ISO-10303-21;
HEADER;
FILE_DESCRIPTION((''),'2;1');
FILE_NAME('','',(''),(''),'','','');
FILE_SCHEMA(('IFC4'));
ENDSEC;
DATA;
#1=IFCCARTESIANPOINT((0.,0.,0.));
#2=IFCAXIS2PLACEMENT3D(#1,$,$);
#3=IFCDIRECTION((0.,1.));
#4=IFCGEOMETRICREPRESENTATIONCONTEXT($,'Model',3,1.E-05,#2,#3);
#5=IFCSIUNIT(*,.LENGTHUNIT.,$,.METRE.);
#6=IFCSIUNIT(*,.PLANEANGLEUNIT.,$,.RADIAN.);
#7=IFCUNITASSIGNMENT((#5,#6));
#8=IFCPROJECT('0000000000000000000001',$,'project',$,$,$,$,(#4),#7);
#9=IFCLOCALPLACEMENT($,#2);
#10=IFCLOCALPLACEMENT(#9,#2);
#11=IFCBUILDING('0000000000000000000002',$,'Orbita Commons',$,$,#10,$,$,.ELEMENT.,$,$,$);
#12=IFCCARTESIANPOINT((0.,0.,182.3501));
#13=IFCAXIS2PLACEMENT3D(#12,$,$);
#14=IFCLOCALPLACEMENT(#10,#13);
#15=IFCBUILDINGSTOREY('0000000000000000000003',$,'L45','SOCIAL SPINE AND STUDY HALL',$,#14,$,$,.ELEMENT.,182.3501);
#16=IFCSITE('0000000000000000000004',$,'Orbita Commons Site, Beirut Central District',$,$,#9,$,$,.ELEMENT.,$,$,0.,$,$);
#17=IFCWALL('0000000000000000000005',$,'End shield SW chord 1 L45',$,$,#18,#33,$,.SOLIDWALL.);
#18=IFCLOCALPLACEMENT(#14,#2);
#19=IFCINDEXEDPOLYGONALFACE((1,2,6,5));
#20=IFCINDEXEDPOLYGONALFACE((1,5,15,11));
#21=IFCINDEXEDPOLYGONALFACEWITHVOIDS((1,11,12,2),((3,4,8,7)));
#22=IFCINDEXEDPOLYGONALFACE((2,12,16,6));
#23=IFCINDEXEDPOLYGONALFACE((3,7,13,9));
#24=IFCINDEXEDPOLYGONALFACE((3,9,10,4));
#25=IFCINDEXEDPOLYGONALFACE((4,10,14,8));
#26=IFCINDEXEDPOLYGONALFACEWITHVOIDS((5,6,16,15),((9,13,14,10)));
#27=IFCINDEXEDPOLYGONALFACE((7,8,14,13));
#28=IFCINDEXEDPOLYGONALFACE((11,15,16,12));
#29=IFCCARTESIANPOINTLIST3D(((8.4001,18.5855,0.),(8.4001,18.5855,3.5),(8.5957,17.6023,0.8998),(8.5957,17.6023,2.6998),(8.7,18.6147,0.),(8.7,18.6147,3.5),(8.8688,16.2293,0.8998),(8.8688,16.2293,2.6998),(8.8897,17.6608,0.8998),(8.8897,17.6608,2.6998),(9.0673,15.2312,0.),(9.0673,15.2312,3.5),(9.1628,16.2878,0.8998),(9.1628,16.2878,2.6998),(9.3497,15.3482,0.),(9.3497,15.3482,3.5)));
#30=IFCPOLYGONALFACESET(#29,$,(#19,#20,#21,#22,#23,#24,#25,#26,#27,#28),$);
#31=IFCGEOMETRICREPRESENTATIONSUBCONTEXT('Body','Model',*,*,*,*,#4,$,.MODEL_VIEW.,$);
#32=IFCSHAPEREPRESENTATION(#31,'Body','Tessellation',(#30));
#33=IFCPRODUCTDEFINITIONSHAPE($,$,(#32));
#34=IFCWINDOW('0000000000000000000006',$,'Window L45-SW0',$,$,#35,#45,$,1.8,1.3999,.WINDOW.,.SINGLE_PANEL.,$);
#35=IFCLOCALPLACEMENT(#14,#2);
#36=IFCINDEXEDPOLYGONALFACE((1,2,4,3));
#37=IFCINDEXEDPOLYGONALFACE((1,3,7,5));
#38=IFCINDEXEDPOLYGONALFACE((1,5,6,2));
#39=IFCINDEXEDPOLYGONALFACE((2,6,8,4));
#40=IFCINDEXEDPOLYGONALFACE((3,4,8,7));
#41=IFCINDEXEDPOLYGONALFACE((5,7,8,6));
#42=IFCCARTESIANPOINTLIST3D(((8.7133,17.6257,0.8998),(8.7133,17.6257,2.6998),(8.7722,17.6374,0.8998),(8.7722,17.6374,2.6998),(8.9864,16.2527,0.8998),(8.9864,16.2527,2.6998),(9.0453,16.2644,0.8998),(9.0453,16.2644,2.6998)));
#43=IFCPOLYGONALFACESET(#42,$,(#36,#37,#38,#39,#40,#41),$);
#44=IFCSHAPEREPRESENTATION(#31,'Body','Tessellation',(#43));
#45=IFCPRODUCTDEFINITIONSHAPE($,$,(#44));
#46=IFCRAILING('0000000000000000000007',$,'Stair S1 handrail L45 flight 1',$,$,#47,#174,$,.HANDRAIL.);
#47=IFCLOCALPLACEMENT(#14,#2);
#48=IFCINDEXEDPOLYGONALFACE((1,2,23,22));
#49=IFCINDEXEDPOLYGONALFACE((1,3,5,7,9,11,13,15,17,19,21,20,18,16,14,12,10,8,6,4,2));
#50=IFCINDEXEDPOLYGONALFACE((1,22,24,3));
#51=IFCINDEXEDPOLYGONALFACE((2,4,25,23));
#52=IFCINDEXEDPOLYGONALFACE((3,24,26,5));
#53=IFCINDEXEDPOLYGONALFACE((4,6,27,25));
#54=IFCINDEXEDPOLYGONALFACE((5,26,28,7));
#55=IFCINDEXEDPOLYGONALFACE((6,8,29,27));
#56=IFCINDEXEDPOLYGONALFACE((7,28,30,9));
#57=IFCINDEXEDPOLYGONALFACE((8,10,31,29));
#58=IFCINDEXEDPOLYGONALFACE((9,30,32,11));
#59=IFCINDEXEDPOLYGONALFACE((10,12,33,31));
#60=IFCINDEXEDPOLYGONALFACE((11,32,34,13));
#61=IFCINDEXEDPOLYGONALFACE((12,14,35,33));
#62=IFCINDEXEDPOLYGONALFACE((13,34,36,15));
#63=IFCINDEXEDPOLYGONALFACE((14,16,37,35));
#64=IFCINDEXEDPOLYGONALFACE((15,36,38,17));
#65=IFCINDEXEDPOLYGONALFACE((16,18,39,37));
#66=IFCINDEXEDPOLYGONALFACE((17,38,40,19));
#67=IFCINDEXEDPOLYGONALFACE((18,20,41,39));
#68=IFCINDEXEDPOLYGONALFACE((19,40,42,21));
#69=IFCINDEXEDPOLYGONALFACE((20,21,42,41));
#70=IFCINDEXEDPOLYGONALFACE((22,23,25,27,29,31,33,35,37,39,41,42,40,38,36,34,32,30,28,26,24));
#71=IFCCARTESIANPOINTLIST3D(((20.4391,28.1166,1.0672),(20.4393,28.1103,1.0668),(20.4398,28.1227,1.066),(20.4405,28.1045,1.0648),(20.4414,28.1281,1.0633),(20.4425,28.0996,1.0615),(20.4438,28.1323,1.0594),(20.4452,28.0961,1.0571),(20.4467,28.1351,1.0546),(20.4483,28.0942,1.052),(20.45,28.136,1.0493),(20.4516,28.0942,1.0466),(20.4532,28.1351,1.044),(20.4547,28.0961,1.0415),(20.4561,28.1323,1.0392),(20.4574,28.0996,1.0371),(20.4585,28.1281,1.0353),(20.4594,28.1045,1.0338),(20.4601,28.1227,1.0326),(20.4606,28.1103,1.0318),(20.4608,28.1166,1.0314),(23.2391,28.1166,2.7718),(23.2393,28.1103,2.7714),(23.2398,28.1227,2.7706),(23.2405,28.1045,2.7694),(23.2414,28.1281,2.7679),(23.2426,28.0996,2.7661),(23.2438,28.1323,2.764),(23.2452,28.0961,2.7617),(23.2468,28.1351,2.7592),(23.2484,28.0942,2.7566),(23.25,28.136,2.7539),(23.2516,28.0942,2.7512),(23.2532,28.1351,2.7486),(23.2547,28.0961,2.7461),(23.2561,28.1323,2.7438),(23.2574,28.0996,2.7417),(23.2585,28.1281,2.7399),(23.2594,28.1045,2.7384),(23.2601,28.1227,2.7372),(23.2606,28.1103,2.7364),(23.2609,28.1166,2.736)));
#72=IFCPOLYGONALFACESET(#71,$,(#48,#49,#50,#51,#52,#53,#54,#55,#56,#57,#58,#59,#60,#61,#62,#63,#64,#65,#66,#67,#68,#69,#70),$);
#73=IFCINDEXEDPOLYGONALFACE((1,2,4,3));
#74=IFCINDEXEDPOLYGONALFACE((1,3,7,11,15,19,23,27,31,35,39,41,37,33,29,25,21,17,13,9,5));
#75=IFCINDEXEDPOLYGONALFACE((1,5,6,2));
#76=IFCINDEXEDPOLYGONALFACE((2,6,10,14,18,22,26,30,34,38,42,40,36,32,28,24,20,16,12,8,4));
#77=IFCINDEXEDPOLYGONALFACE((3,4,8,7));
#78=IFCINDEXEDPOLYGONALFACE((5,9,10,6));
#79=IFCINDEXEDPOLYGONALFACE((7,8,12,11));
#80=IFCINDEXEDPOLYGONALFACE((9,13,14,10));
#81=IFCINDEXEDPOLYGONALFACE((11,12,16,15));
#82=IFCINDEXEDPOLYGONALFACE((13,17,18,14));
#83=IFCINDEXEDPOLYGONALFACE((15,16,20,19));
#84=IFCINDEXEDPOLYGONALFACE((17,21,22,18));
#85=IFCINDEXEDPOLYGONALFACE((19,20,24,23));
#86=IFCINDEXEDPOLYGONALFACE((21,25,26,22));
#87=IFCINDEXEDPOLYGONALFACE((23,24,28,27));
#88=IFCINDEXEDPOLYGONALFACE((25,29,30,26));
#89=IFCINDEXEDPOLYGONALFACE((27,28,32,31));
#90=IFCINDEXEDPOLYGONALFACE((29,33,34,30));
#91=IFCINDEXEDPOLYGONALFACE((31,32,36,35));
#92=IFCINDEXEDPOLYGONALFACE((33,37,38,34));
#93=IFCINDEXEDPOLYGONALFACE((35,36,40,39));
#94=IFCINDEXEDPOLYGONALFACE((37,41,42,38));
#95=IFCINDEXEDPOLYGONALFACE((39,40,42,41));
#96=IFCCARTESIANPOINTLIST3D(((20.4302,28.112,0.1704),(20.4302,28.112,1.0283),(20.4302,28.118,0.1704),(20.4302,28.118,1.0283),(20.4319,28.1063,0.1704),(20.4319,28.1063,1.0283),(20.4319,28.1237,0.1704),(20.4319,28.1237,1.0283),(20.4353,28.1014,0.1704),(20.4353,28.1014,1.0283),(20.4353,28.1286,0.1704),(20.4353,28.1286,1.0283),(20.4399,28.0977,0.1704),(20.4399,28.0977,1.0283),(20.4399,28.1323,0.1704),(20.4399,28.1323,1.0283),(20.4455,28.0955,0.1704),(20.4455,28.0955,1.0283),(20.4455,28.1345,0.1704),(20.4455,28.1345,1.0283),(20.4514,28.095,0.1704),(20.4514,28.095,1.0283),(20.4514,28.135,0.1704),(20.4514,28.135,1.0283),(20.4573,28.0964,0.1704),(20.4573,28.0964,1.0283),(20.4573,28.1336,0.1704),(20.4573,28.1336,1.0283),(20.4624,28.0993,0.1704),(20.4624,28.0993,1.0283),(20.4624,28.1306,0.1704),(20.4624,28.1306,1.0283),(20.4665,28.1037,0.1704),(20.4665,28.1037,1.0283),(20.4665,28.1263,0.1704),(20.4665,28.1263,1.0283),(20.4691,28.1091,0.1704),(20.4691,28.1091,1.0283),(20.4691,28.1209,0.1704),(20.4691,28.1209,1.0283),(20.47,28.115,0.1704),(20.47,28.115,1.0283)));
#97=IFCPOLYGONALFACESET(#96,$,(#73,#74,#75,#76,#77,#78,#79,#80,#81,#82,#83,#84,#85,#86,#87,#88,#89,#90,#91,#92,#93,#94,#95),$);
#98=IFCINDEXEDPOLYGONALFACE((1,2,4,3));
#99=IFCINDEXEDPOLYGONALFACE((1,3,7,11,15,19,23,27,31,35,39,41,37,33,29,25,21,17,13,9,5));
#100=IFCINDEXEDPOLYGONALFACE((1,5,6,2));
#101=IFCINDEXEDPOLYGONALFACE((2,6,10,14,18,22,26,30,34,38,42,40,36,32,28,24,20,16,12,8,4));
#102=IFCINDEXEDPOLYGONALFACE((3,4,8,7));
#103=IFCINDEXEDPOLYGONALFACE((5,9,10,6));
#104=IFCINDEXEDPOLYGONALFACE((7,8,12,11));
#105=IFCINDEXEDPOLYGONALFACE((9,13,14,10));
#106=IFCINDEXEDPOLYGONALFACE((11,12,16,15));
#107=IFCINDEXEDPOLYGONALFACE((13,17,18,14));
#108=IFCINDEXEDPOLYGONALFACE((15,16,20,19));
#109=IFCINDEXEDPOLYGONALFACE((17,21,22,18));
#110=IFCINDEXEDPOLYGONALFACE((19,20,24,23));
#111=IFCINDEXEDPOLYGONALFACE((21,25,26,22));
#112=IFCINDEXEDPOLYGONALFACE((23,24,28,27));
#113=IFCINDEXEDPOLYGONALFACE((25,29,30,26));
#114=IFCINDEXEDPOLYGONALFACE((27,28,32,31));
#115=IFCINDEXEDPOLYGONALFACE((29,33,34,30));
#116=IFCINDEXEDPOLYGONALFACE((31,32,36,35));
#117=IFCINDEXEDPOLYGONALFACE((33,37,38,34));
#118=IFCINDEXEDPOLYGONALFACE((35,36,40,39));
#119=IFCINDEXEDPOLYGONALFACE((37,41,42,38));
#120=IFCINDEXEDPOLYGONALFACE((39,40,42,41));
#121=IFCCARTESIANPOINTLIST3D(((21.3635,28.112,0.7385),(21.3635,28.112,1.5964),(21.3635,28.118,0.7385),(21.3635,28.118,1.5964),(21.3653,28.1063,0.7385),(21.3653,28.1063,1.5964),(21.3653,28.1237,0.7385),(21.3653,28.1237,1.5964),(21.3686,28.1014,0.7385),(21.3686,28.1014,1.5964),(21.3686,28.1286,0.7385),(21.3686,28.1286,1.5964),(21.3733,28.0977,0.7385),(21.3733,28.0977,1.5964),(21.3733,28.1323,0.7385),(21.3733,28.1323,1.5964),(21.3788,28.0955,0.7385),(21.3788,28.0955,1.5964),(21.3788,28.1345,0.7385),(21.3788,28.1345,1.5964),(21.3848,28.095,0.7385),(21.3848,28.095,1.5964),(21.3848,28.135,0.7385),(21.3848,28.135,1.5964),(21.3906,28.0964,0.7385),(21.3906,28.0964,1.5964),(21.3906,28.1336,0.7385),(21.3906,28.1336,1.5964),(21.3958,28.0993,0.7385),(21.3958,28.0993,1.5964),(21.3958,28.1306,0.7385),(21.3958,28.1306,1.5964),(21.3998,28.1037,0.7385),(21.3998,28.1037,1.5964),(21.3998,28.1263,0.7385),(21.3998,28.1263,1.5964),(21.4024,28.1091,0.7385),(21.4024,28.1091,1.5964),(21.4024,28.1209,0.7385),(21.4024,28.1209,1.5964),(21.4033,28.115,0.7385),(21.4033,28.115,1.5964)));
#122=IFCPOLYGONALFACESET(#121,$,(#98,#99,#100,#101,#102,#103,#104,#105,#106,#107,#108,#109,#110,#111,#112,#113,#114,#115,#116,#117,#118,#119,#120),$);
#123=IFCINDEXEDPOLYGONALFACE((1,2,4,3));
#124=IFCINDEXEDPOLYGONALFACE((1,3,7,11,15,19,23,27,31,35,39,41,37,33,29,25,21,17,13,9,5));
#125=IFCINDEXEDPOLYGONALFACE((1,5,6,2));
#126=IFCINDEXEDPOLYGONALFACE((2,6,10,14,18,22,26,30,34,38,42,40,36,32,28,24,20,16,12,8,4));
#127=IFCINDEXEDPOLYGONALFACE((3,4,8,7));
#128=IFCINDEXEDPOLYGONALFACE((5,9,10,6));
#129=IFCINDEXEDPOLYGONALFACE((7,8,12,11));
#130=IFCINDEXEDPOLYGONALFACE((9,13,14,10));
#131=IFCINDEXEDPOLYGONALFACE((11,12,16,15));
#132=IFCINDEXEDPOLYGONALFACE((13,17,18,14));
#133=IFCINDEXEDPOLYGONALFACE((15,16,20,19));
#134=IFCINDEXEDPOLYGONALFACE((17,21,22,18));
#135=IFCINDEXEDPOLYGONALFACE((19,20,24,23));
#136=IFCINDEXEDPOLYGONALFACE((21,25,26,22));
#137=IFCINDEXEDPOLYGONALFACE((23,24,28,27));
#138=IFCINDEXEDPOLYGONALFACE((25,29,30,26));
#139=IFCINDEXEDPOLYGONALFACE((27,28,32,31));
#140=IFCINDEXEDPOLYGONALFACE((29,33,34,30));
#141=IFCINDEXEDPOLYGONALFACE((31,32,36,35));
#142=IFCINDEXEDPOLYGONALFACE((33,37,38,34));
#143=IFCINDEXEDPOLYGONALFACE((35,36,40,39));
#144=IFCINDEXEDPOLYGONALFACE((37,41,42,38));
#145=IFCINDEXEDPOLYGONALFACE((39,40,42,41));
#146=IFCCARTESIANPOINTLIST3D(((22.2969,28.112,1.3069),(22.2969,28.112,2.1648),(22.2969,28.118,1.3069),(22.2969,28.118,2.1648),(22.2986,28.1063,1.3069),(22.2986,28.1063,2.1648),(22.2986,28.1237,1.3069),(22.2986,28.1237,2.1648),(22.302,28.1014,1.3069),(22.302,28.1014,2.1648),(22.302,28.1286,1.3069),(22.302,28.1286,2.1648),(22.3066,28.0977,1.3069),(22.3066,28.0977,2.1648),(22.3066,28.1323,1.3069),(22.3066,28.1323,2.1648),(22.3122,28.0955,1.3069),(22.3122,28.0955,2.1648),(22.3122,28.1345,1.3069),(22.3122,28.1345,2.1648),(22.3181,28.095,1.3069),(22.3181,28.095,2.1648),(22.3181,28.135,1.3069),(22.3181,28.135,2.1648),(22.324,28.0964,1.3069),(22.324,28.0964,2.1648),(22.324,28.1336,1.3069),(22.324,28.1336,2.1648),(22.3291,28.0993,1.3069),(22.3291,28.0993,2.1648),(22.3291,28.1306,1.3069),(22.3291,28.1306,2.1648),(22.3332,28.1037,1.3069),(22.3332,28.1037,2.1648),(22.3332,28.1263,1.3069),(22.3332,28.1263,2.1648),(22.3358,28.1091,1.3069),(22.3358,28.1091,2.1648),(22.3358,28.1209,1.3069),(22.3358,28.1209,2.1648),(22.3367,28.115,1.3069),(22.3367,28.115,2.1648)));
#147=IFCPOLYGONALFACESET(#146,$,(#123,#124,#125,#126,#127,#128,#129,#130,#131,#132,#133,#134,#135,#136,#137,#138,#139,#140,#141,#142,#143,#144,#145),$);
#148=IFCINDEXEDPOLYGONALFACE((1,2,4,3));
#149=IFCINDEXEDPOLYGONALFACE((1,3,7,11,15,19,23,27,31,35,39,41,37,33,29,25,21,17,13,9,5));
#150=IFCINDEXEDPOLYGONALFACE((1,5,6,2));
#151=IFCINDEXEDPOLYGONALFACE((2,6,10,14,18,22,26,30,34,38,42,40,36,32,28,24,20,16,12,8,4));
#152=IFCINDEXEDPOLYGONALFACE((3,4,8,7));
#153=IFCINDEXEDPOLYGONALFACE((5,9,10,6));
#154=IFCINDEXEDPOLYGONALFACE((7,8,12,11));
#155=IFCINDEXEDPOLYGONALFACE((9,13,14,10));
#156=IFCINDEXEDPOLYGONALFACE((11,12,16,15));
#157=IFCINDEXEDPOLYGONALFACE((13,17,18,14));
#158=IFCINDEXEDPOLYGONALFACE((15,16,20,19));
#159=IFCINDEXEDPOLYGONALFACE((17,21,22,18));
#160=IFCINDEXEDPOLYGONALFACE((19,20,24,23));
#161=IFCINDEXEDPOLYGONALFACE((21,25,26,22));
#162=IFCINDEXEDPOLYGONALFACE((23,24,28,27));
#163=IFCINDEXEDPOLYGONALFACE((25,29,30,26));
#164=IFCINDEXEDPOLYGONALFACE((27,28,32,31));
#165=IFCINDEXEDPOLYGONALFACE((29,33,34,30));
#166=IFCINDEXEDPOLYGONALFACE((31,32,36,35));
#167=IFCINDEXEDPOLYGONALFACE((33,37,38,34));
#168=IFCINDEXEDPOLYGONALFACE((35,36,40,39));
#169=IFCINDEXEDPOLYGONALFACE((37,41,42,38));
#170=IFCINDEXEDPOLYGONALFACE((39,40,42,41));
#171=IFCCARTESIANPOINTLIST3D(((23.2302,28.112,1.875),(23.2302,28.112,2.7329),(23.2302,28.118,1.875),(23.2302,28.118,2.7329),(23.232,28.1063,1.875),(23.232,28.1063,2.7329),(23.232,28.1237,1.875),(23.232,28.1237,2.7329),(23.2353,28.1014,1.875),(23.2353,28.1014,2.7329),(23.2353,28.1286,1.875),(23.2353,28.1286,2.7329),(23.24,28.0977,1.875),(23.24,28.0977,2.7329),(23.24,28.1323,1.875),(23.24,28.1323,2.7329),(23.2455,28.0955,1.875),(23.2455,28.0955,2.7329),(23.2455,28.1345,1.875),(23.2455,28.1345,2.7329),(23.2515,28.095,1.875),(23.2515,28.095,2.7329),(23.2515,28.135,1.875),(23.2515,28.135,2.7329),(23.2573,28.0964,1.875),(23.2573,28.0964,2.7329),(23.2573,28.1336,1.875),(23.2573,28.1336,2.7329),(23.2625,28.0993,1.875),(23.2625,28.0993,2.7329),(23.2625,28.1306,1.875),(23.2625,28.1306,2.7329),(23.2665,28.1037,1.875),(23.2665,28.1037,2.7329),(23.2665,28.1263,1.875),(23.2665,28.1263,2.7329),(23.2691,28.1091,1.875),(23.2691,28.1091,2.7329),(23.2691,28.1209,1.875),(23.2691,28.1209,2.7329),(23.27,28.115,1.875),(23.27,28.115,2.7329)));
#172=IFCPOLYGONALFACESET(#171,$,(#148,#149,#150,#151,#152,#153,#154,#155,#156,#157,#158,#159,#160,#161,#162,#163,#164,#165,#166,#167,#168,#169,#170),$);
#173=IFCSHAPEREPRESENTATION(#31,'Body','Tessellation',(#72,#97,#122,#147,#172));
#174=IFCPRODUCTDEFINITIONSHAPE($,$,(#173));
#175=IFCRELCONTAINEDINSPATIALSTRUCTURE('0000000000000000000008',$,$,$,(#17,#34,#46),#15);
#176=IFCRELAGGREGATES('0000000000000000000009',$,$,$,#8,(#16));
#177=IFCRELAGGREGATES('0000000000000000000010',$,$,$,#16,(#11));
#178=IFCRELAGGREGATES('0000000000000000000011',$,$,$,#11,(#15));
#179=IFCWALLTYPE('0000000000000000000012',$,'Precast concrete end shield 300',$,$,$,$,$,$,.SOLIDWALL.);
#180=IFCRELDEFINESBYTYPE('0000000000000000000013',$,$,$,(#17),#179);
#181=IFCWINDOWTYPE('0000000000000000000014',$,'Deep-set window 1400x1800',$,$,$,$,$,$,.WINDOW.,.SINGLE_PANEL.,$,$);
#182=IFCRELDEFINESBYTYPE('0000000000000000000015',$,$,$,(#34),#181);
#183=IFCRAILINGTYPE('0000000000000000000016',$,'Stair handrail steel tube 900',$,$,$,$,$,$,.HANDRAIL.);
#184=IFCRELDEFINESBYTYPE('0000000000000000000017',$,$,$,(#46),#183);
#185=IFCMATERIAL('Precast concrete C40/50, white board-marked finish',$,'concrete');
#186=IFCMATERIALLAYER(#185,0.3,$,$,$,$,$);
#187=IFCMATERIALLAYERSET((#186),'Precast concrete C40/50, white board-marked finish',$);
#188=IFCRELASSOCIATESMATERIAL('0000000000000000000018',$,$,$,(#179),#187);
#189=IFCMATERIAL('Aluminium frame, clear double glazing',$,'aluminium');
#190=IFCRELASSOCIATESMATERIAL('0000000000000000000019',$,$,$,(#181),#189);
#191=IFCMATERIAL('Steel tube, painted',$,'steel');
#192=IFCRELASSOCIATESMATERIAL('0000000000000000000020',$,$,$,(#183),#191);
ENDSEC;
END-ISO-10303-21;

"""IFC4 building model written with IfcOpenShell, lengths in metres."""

from ifc_helpers import new_model, si_unit, direction, frame, frame_2d, origin, origin_2d, place, context, subcontext, project, spatial, polyline, rectangle, circle, outline, extrude, material, layer, layer_set, type_object, element, fill, save


model = new_model("IFC4")

# Units and contexts
model_context = context("Model", 3, precision=1e-05, world=origin(), true_north=direction((0.0, 1.0)))
body_context = subcontext(model_context, "Body", "Model", "MODEL_VIEW")
ifc_project = project(units=[si_unit("LENGTHUNIT", "METRE"), si_unit("PLANEANGLEUNIT", "RADIAN")], contexts=[model_context])

# Site, building, storey
site_placement = place(None, origin())
site = spatial("IfcSite", under=ifc_project, at=site_placement, Name="Orbita Commons Site, Beirut Central District", CompositionType="ELEMENT", RefElevation=0.0)
building_placement = place(site_placement, origin())
building = spatial("IfcBuilding", under=site, at=building_placement, Name="Orbita Commons", CompositionType="ELEMENT")
storey_placement = place(building_placement, frame((0.0, 0.0, 182.3501)))
storey = spatial("IfcBuildingStorey", under=building, at=storey_placement, Name="L45", Description="SOCIAL SPINE AND STUDY HALL", CompositionType="ELEMENT", Elevation=182.3501)

# Wall, opening, window
ifc_material_1 = material(Name="Precast concrete C40/50, white board-marked finish", Category="concrete")
ifc_layer_1 = layer(ifc_material_1, 0.3)
ifc_layer_set_1 = layer_set([ifc_layer_1], Name="Precast concrete C40/50, white board-marked finish")
wall_type_1 = type_object("IfcWallType", Name="Precast concrete end shield 300", PredefinedType="SOLIDWALL", material=ifc_layer_set_1)
wall_1_placement = place(storey_placement, frame((8.55, 18.6001, 0.0), z_axis=(0.0, 0.0, 1.0), x_axis=(0.195087, -0.980786, 0.0)))
wall_1 = element("IfcWall", 1, at=wall_1_placement, inside=storey, type_object=wall_type_1, Name="End shield SW chord 1 L45", PredefinedType="SOLIDWALL", context=body_context, shape_type="SweptSolid", body=[
    extrude(outline(polyline([(-0.0149, -0.1499), (3.405, -0.1499), (3.3455, 0.1499), (0.0149, 0.1499), (-0.0149, -0.1499)])), origin(), (0.0, 0.0, 1.0), 3.5),
])
opening_1_placement = place(wall_1_placement, frame((0.9875, 0.0, 0.8999)))
opening_1 = element("IfcOpeningElement", 2, at=opening_1_placement, cuts=wall_1, PredefinedType="OPENING", context=body_context, shape_type="SweptSolid", body=[
    extrude(rectangle(XDim=1.3999, YDim=1.8, at=frame_2d((0.7, 0.8999))), frame((0.0, 0.1599, 0.0), z_axis=(0.0, -1.0, 0.0), x_axis=(1.0, 0.0, 0.0)), (0.0, 0.0, 1.0), 0.3201),
])
ifc_material_2 = material(Name="Aluminium frame, clear double glazing", Category="aluminium")
window_type = type_object("IfcWindowType", Name="Deep-set window 1400x1800", PartitioningType="SINGLE_PANEL", PredefinedType="WINDOW", material=ifc_material_2)
window_placement = place(opening_1_placement, origin())
window = element("IfcWindow", 3, at=window_placement, inside=storey, type_object=window_type, Name="Window L45-SW0", OverallHeight=1.8, OverallWidth=1.3999, PartitioningType="SINGLE_PANEL", PredefinedType="WINDOW", context=body_context, shape_type="SweptSolid", body=[
    extrude(rectangle(XDim=1.3999, YDim=1.8, at=frame_2d((0.7, 0.8999))), frame((0.0, 0.03, 0.0), z_axis=(0.0, -1.0, 0.0), x_axis=(1.0, 0.0, 0.0)), (0.0, 0.0, 1.0), 0.0601),
])
fill(opening_1, window)

# Railing
ifc_material_3 = material(Name="Steel tube, painted", Category="steel")
railing_type = type_object("IfcRailingType", Name="Stair handrail steel tube 900", PredefinedType="HANDRAIL", material=ifc_material_3)
for number, where, name in (
    (4, (20.45, 28.115, 0.1704), "Stair S1 handrail L45 flight 1"),
):
    element("IfcRailing", number, at=place(storey_placement, frame(where)), inside=storey, type_object=railing_type, Name=name, PredefinedType="HANDRAIL", context=body_context, shape_type="SweptSolid", body=[
        extrude(circle(Radius=0.021, at=origin_2d()), frame((0.0, 0.0, 0.8789), z_axis=(0.85417, 0.0, 0.519994), x_axis=(0.0, 1.0, 0.0)), (0.0, 0.0, 1.0), 3.2781),
        extrude(circle(Radius=0.02, at=origin_2d()), origin(), (0.0, 0.0, 1.0), 0.8579),
        extrude(circle(Radius=0.02, at=origin_2d()), frame((0.9333, 0.0, 0.5681)), (0.0, 0.0, 1.0), 0.8579),
        extrude(circle(Radius=0.02, at=origin_2d()), frame((1.8667, 0.0, 1.1365)), (0.0, 0.0, 1.0), 0.8579),
        extrude(circle(Radius=0.02, at=origin_2d()), frame((2.8, 0.0, 1.7046)), (0.0, 0.0, 1.0), 0.8579),
    ])

save(model, "model.ifc")
